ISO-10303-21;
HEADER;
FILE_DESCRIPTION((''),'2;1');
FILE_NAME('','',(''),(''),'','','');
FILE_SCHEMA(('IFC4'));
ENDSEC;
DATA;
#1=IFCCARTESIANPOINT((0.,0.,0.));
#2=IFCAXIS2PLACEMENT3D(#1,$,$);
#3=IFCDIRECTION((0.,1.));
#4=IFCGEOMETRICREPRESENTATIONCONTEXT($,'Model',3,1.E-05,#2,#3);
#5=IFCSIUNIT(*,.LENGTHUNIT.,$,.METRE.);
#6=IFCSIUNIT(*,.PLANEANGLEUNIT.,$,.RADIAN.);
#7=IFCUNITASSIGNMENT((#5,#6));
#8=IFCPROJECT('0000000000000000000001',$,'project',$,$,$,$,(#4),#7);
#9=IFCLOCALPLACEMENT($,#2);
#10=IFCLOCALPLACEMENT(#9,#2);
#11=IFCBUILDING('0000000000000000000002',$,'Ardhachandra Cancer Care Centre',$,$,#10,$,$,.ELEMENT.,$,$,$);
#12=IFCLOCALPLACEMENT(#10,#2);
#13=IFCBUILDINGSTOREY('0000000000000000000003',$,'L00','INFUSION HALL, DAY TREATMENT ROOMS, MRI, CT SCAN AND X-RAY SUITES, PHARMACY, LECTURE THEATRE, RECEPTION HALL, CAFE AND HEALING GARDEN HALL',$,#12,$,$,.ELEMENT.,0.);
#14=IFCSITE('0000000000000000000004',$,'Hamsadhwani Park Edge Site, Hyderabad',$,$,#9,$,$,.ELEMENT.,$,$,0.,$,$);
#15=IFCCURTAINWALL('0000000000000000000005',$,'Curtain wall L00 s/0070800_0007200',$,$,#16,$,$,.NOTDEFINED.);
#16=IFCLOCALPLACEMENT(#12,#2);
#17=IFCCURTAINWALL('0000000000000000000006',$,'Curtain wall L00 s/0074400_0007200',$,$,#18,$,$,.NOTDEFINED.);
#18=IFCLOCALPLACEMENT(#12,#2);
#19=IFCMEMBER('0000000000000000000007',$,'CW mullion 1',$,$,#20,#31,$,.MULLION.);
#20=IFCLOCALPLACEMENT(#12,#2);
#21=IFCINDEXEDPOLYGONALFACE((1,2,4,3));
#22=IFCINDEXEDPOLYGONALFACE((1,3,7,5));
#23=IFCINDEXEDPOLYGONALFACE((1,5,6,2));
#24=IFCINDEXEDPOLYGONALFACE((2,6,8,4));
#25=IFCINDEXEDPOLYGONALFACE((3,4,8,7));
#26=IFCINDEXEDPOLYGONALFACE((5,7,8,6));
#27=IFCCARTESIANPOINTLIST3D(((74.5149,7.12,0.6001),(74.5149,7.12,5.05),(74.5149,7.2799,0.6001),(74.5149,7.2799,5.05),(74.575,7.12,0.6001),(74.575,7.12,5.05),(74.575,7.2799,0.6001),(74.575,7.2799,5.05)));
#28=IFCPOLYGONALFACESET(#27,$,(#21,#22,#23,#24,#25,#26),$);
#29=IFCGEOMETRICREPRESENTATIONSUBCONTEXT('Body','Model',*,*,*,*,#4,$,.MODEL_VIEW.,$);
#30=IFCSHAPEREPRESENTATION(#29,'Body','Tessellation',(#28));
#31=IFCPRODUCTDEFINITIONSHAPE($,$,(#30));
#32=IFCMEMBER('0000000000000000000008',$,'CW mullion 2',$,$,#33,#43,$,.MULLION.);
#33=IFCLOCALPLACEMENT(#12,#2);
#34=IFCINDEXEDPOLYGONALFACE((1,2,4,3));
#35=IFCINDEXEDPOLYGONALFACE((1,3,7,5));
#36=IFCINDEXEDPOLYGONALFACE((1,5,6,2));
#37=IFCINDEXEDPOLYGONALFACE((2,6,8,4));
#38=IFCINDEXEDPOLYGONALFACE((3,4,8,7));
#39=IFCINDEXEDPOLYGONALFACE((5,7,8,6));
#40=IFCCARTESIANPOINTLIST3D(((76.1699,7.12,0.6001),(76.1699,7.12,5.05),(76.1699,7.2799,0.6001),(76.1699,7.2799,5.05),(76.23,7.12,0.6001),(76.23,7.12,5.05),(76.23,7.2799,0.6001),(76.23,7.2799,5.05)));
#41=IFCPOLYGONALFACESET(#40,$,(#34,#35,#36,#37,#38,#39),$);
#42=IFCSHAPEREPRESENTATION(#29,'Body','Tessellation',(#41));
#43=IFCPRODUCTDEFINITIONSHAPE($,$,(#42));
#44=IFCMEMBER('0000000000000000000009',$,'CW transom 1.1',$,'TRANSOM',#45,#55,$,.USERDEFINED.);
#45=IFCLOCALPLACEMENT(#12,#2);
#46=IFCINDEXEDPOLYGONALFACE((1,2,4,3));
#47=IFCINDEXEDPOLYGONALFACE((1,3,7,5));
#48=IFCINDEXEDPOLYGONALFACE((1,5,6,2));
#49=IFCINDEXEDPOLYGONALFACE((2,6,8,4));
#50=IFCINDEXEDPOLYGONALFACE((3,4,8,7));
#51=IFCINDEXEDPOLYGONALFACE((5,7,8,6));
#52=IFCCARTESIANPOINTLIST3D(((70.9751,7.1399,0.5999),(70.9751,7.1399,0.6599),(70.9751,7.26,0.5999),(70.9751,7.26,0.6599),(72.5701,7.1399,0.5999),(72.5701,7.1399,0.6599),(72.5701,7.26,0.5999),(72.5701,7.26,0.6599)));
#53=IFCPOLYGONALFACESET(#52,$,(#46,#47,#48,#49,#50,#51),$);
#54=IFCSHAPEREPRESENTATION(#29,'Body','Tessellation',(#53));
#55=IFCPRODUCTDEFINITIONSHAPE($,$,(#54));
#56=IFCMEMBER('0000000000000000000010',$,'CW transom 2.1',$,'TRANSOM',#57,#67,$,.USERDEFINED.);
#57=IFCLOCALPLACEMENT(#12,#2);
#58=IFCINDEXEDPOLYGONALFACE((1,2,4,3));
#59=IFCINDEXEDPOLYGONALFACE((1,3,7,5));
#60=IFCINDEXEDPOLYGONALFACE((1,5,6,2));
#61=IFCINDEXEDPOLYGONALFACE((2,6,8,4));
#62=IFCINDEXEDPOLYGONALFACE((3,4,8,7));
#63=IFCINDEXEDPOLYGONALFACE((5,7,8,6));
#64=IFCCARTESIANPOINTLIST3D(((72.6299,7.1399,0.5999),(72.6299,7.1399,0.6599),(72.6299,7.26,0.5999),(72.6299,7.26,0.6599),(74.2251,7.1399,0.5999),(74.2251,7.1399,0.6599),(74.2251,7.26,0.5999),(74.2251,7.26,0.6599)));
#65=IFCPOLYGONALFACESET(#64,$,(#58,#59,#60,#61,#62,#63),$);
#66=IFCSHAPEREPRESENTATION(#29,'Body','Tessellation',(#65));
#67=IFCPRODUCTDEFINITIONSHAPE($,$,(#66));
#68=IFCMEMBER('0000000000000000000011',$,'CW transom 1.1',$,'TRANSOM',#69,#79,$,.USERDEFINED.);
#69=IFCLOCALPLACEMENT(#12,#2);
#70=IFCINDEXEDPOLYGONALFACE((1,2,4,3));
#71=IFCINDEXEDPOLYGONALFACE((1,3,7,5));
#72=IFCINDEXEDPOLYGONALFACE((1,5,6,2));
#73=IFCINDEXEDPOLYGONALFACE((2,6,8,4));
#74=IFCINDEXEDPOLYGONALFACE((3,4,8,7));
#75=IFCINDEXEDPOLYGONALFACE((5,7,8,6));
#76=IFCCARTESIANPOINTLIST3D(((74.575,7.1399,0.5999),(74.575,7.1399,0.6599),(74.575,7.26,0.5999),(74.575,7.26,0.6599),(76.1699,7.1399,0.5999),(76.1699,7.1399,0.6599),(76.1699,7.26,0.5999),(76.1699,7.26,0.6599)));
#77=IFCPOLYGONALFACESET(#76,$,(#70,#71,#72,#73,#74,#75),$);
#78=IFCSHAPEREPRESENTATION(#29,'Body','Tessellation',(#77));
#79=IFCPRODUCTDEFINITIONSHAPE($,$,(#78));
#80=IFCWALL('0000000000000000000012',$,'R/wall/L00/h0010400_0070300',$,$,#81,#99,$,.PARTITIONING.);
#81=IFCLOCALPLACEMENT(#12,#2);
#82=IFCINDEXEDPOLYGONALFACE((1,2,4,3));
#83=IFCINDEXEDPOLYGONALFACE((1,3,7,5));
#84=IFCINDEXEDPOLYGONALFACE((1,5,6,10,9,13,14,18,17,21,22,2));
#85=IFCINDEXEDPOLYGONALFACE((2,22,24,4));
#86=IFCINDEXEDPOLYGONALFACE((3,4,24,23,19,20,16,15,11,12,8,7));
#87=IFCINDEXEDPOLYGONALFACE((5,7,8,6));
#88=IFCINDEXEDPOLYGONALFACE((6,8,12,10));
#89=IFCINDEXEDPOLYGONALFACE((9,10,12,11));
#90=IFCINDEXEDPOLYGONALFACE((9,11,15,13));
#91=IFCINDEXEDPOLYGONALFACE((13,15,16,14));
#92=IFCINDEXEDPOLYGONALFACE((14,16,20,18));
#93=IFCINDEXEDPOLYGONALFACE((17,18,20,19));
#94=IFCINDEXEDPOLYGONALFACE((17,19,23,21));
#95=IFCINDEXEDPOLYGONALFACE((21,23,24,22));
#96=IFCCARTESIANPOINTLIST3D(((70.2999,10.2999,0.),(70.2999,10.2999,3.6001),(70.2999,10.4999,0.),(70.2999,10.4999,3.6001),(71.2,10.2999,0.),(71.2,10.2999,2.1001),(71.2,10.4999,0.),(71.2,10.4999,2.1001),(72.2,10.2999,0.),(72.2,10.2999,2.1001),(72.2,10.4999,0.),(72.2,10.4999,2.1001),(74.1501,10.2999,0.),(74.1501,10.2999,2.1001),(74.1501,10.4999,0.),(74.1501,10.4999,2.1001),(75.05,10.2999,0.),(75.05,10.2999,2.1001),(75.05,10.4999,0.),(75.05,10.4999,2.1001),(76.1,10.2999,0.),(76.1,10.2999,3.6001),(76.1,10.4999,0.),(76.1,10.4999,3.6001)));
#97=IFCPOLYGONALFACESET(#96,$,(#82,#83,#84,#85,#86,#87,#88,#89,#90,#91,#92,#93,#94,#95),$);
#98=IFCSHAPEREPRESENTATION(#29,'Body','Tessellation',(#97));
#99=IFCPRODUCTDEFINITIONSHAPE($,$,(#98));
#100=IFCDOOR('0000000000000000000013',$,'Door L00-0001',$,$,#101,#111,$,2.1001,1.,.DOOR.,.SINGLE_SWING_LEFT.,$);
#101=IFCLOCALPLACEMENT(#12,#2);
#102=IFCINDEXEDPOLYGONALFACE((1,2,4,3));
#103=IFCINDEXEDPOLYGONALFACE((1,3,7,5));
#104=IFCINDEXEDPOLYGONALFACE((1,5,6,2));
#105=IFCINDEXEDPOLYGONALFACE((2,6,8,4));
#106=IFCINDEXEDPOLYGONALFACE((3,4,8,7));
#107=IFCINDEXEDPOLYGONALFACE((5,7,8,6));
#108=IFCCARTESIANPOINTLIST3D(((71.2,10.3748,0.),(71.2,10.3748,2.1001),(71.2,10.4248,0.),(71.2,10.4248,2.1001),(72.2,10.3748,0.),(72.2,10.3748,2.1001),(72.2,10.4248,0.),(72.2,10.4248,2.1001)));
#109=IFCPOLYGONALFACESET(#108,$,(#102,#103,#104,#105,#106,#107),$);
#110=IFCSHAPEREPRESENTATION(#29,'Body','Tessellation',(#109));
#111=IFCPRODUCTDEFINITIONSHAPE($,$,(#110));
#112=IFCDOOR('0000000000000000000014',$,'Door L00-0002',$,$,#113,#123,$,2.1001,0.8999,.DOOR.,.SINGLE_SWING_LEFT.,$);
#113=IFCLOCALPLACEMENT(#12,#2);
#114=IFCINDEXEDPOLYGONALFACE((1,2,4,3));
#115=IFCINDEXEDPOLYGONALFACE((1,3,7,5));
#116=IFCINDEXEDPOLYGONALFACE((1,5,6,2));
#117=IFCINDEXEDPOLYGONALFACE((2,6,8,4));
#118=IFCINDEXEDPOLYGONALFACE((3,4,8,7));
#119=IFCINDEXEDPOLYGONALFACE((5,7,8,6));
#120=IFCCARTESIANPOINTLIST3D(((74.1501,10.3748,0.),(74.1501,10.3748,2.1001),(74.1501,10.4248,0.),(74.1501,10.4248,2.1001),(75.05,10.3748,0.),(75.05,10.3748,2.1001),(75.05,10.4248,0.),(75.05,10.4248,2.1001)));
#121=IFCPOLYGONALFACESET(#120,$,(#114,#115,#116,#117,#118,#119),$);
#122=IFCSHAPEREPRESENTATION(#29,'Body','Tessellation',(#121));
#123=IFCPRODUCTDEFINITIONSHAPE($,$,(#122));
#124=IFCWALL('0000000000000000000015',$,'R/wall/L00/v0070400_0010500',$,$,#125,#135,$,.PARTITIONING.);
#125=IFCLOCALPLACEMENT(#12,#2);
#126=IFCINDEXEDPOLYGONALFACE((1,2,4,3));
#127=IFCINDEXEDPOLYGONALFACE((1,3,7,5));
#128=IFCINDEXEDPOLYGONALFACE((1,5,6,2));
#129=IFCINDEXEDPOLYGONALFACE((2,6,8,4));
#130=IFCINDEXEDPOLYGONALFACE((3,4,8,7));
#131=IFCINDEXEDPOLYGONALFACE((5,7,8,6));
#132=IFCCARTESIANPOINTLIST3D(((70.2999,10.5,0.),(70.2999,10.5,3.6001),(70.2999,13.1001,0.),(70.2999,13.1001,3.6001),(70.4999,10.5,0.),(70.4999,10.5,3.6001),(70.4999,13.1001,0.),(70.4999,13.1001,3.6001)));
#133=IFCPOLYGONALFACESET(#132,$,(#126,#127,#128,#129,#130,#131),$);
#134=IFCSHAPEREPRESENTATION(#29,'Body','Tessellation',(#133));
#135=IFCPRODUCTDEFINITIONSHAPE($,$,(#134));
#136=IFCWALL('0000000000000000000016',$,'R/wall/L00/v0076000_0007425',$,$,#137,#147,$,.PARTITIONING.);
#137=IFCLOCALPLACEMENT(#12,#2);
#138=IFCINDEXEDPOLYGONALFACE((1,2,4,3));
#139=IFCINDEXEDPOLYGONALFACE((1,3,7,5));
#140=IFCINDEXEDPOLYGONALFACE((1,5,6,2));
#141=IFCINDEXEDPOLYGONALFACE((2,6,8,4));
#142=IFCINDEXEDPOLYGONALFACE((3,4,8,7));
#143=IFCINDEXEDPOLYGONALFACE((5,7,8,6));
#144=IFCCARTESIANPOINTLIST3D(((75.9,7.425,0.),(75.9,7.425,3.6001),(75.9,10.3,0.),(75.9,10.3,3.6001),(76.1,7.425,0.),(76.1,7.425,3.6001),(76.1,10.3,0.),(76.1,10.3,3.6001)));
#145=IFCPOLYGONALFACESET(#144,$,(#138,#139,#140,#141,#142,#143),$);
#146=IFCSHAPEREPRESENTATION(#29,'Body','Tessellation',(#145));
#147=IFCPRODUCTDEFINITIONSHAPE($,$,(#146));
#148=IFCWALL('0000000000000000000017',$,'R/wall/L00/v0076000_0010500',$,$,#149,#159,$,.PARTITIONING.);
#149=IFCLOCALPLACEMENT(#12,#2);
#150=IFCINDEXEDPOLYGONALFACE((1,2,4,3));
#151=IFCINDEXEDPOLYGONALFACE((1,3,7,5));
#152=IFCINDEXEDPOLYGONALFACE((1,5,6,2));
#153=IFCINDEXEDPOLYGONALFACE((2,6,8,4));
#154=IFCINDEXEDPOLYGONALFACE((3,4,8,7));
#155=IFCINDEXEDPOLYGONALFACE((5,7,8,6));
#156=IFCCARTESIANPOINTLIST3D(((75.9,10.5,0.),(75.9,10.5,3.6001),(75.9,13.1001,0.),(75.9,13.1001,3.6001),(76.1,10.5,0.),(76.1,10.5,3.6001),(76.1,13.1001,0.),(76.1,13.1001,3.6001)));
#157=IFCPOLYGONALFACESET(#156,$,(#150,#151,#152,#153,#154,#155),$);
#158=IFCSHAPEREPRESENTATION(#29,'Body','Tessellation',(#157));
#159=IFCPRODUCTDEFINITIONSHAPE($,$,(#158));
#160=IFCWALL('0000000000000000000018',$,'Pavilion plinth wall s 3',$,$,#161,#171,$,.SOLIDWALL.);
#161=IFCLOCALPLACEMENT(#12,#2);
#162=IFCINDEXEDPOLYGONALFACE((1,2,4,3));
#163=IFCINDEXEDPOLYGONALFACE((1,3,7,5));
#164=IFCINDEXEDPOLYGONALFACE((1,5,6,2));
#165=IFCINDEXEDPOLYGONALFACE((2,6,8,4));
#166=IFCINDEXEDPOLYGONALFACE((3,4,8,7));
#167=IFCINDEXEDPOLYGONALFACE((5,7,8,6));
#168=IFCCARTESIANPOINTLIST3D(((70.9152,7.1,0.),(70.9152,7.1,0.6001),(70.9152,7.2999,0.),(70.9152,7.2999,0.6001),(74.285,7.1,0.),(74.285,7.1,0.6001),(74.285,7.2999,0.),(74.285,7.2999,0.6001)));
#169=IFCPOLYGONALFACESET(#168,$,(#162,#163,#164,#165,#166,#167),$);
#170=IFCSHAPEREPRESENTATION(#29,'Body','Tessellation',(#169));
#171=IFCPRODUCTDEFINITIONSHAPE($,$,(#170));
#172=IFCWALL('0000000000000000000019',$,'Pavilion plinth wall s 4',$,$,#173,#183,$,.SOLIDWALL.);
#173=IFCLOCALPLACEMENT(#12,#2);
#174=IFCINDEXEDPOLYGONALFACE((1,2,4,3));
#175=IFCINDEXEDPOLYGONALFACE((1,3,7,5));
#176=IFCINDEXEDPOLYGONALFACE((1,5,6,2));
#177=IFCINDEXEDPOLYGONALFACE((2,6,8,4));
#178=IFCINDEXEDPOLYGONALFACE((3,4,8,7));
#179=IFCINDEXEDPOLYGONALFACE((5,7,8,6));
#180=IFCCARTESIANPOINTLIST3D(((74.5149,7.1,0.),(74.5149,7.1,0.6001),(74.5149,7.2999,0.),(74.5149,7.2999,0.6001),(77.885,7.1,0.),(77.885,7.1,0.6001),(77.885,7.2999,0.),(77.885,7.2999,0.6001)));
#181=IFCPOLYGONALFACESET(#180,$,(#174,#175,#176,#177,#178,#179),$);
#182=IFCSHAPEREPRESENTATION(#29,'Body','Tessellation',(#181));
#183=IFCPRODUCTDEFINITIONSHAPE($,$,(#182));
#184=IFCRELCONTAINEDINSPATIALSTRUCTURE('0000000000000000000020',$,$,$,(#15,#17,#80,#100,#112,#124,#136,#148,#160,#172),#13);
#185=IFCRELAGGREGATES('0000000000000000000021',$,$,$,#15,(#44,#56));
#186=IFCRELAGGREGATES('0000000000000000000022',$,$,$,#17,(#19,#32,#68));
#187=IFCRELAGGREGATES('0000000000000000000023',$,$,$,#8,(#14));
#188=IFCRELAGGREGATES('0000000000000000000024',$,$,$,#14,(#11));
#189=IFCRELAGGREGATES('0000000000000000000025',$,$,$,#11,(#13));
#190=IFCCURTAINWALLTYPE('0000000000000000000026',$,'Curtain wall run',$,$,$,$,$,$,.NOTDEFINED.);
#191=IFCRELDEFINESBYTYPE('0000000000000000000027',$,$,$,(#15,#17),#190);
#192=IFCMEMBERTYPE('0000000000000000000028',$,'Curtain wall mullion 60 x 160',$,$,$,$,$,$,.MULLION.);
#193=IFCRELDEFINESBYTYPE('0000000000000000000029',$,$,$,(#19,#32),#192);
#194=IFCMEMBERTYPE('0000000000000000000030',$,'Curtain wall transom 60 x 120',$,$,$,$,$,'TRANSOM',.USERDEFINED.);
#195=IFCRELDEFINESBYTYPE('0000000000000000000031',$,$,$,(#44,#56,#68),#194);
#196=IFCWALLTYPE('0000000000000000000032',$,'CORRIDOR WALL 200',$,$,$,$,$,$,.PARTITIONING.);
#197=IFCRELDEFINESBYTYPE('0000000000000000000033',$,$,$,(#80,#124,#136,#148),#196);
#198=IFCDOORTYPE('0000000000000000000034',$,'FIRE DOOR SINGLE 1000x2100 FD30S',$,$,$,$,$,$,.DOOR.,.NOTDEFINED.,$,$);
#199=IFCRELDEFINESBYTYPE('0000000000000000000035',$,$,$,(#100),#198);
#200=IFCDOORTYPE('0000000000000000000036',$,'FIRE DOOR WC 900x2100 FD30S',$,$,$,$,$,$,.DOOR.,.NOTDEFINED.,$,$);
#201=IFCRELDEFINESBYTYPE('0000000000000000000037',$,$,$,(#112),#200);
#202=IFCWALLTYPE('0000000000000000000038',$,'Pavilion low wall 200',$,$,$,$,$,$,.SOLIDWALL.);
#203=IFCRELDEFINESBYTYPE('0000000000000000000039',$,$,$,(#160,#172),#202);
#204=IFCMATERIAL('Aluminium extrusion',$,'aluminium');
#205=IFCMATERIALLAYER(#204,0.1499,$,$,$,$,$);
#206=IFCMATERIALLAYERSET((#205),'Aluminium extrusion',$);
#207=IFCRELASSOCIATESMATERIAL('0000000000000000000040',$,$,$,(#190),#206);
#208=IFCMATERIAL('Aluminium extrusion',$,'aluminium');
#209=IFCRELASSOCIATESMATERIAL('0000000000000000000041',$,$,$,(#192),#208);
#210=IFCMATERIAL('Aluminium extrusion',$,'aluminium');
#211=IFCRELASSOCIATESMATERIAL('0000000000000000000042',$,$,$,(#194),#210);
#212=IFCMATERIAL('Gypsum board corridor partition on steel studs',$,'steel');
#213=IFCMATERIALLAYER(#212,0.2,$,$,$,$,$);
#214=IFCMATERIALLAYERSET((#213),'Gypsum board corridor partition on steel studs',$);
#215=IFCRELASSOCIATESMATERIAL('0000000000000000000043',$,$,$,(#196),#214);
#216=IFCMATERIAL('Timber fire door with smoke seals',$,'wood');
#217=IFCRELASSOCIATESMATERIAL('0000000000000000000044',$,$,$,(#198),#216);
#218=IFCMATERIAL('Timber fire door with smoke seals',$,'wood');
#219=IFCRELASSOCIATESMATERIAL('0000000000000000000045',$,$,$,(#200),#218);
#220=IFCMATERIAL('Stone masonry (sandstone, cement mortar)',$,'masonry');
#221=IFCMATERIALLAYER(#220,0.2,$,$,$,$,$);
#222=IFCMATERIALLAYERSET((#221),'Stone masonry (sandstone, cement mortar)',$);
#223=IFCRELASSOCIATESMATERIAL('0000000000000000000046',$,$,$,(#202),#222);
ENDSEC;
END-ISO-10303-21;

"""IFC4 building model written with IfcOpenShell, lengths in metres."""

from ifc_helpers import new_model, si_unit, direction, frame, frame_2d, origin, origin_2d, place, context, subcontext, project, spatial, rectangle, extrude, material, layer, layer_set, material_profile, profile_set, type_object, element, fill, aggregate, save


model = new_model("IFC4")

# Units and contexts
model_context = context("Model", 3, precision=1e-05, world=origin(), true_north=direction((0.0, 1.0)))
body_context = subcontext(model_context, "Body", "Model", "MODEL_VIEW")
ifc_project = project(units=[si_unit("LENGTHUNIT", "METRE"), si_unit("PLANEANGLEUNIT", "RADIAN")], contexts=[model_context])

# Site, building, storey
site_placement = place(None, origin())
site = spatial("IfcSite", under=ifc_project, at=site_placement, Name="Hamsadhwani Park Edge Site, Hyderabad", CompositionType="ELEMENT", RefElevation=0.0)
building_placement = place(site_placement, origin())
building = spatial("IfcBuilding", under=site, at=building_placement, Name="Ardhachandra Cancer Care Centre", CompositionType="ELEMENT")
storey_placement = place(building_placement, origin())
storey = spatial("IfcBuildingStorey", under=building, at=storey_placement, Name="L00", Description="INFUSION HALL, DAY TREATMENT ROOMS, MRI, CT SCAN AND X-RAY SUITES, PHARMACY, LECTURE THEATRE, RECEPTION HALL, CAFE AND HEALING GARDEN HALL", CompositionType="ELEMENT", Elevation=0.0)

# Shared definitions
ifc_material_1 = material(Name="Aluminium extrusion", Category="aluminium")
ifc_layer_1 = layer(ifc_material_1, 0.1499)
ifc_layer_set_1 = layer_set([ifc_layer_1], Name="Aluminium extrusion")
curtain_wall_type = type_object("IfcCurtainWallType", Name="Curtain wall run", PredefinedType="NOTDEFINED", material=ifc_layer_set_1)
ifc_material_2 = material(Name="Aluminium extrusion", Category="aluminium")
ifc_material_profile_1 = material_profile(ifc_material_2, rectangle(XDim=0.1599, YDim=0.0601, at=origin_2d()), Name="Curtain wall mullion 60 x 160")
ifc_profile_set_1 = profile_set([ifc_material_profile_1], Name="Aluminium extrusion")
member_type_1 = type_object("IfcMemberType", Name="Curtain wall mullion 60 x 160", PredefinedType="MULLION", material=ifc_profile_set_1)

# Curtain walls, members
curtain_wall_1_placement = place(storey_placement, origin())
curtain_wall_1 = element("IfcCurtainWall", 1, at=curtain_wall_1_placement, inside=storey, type_object=curtain_wall_type, Name="Curtain wall L00 s/0070800_0007200", PredefinedType="NOTDEFINED")
curtain_wall_2_placement = place(storey_placement, origin())
curtain_wall_2 = element("IfcCurtainWall", 2, at=curtain_wall_2_placement, inside=storey, type_object=curtain_wall_type, Name="Curtain wall L00 s/0074400_0007200", PredefinedType="NOTDEFINED")
member_1_placement = place(storey_placement, frame((74.5449, 7.2, 0.6001), z_axis=(0.0, 0.0, 1.0), x_axis=(0.0, 1.0, 0.0)))
member_1 = element("IfcMember", 3, at=member_1_placement, type_object=member_type_1, Name="CW mullion 1", PredefinedType="MULLION", context=body_context, shape_type="SweptSolid", body=[
    extrude(rectangle(XDim=0.1599, YDim=0.0601, at=origin_2d()), origin(), (0.0, 0.0, 1.0), 4.45),
])
member_2_placement = place(storey_placement, frame((76.2, 7.2, 0.6001), z_axis=(0.0, 0.0, 1.0), x_axis=(0.0, 1.0, 0.0)))
member_2 = element("IfcMember", 4, at=member_2_placement, type_object=member_type_1, Name="CW mullion 2", PredefinedType="MULLION", context=body_context, shape_type="SweptSolid", body=[
    extrude(rectangle(XDim=0.1599, YDim=0.0601, at=origin_2d()), origin(), (0.0, 0.0, 1.0), 4.45),
])

# Members
ifc_material_3 = material(Name="Aluminium extrusion", Category="aluminium")
ifc_material_profile_2 = material_profile(ifc_material_3, rectangle(XDim=0.1201, YDim=0.0601, at=origin_2d()), Name="Curtain wall transom 60 x 120")
ifc_profile_set_2 = profile_set([ifc_material_profile_2], Name="Aluminium extrusion")
member_type_2 = type_object("IfcMemberType", Name="Curtain wall transom 60 x 120", ElementType="TRANSOM", PredefinedType="USERDEFINED", material=ifc_profile_set_2)
member_3_placement = place(storey_placement, frame((70.9751, 7.2, 0.6299), z_axis=(1.0, 0.0, 0.0), x_axis=(0.0, 1.0, 0.0)))
member_3 = element("IfcMember", 5, at=member_3_placement, type_object=member_type_2, Name="CW transom 1.1", ObjectType="TRANSOM", PredefinedType="USERDEFINED", context=body_context, shape_type="SweptSolid", body=[
    extrude(rectangle(XDim=0.1201, YDim=0.0601, at=origin_2d()), origin(), (0.0, 0.0, 1.0), 1.595),
])
member_4_placement = place(storey_placement, frame((72.6299, 7.2, 0.6299), z_axis=(1.0, 0.0, 0.0), x_axis=(0.0, 1.0, 0.0)))
member_4 = element("IfcMember", 6, at=member_4_placement, type_object=member_type_2, Name="CW transom 2.1", ObjectType="TRANSOM", PredefinedType="USERDEFINED", context=body_context, shape_type="SweptSolid", body=[
    extrude(rectangle(XDim=0.1201, YDim=0.0601, at=origin_2d()), origin(), (0.0, 0.0, 1.0), 1.5952),
])
aggregate(curtain_wall_1, [member_3, member_4])
member_5_placement = place(storey_placement, frame((74.575, 7.2, 0.6299), z_axis=(1.0, 0.0, 0.0), x_axis=(0.0, 1.0, 0.0)))
member_5 = element("IfcMember", 7, at=member_5_placement, type_object=member_type_2, Name="CW transom 1.1", ObjectType="TRANSOM", PredefinedType="USERDEFINED", context=body_context, shape_type="SweptSolid", body=[
    extrude(rectangle(XDim=0.1201, YDim=0.0601, at=origin_2d()), origin(), (0.0, 0.0, 1.0), 1.595),
])
aggregate(curtain_wall_2, [member_1, member_2, member_5])

# Wall, openings, doors
ifc_material_4 = material(Name="Gypsum board corridor partition on steel studs", Category="steel")
ifc_layer_2 = layer(ifc_material_4, 0.2)
ifc_layer_set_2 = layer_set([ifc_layer_2], Name="Gypsum board corridor partition on steel studs")
wall_type_1 = type_object("IfcWallType", Name="CORRIDOR WALL 200", PredefinedType="PARTITIONING", material=ifc_layer_set_2)
wall_1_placement = place(storey_placement, frame((70.3, 10.3999, 0.0), z_axis=(0.0, 0.0, 1.0), x_axis=(1.0, 0.0, 0.0)))
wall_1 = element("IfcWall", 8, at=wall_1_placement, inside=storey, type_object=wall_type_1, Name="R/wall/L00/h0010400_0070300", PredefinedType="PARTITIONING", context=body_context, shape_type="SweptSolid", body=[
    extrude(rectangle(XDim=5.8, YDim=0.2, at=frame_2d((2.8999, 0.0))), origin(), (0.0, 0.0, 1.0), 3.6001),
])
opening_1_placement = place(wall_1_placement, frame((0.8999, 0.0, 0.0)))
opening_1 = element("IfcOpeningElement", 9, at=opening_1_placement, cuts=wall_1, PredefinedType="OPENING", context=body_context, shape_type="SweptSolid", body=[
    extrude(rectangle(XDim=1.0, YDim=2.1001, at=frame_2d((0.5, 1.05))), frame((0.0, 0.1099, 0.0), z_axis=(0.0, -1.0, 0.0), x_axis=(1.0, 0.0, 0.0)), (0.0, 0.0, 1.0), 0.22),
])
opening_2_placement = place(wall_1_placement, frame((3.8501, 0.0, 0.0)))
opening_2 = element("IfcOpeningElement", 10, at=opening_2_placement, cuts=wall_1, PredefinedType="OPENING", context=body_context, shape_type="SweptSolid", body=[
    extrude(rectangle(XDim=0.8999, YDim=2.1001, at=frame_2d((0.45, 1.05))), frame((0.0, 0.1099, 0.0), z_axis=(0.0, -1.0, 0.0), x_axis=(1.0, 0.0, 0.0)), (0.0, 0.0, 1.0), 0.22),
])
ifc_material_5 = material(Name="Timber fire door with smoke seals", Category="wood")
door_type_1 = type_object("IfcDoorType", Name="FIRE DOOR SINGLE 1000x2100 FD30S", OperationType="NOTDEFINED", PredefinedType="DOOR", material=ifc_material_5)
door_1_placement = place(opening_1_placement, origin())
door_1 = element("IfcDoor", 11, at=door_1_placement, inside=storey, type_object=door_type_1, Name="Door L00-0001", OperationType="SINGLE_SWING_LEFT", OverallHeight=2.1001, OverallWidth=1.0, PredefinedType="DOOR", context=body_context, shape_type="SweptSolid", body=[
    extrude(rectangle(XDim=1.0, YDim=2.1001, at=frame_2d((0.5, 1.05))), frame((0.0, 0.0249, 0.0), z_axis=(0.0, -1.0, 0.0), x_axis=(1.0, 0.0, 0.0)), (0.0, 0.0, 1.0), 0.05),
])
fill(opening_1, door_1)
ifc_material_6 = material(Name="Timber fire door with smoke seals", Category="wood")
door_type_2 = type_object("IfcDoorType", Name="FIRE DOOR WC 900x2100 FD30S", OperationType="NOTDEFINED", PredefinedType="DOOR", material=ifc_material_6)
door_2_placement = place(opening_2_placement, origin())
door_2 = element("IfcDoor", 12, at=door_2_placement, inside=storey, type_object=door_type_2, Name="Door L00-0002", OperationType="SINGLE_SWING_LEFT", OverallHeight=2.1001, OverallWidth=0.8999, PredefinedType="DOOR", context=body_context, shape_type="SweptSolid", body=[
    extrude(rectangle(XDim=0.8999, YDim=2.1001, at=frame_2d((0.45, 1.05))), frame((0.0, 0.0249, 0.0), z_axis=(0.0, -1.0, 0.0), x_axis=(1.0, 0.0, 0.0)), (0.0, 0.0, 1.0), 0.05),
])
fill(opening_2, door_2)

# Walls
wall_2_placement = place(storey_placement, frame((70.3999, 10.5, 0.0), z_axis=(0.0, 0.0, 1.0), x_axis=(0.0, 1.0, 0.0)))
element("IfcWall", 13, at=wall_2_placement, inside=storey, type_object=wall_type_1, Name="R/wall/L00/v0070400_0010500", PredefinedType="PARTITIONING", context=body_context, shape_type="SweptSolid", body=[
    extrude(rectangle(XDim=2.6001, YDim=0.2, at=frame_2d((1.3, 0.0))), origin(), (0.0, 0.0, 1.0), 3.6001),
])
wall_3_placement = place(storey_placement, frame((76.0, 7.425, 0.0), z_axis=(0.0, 0.0, 1.0), x_axis=(0.0, 1.0, 0.0)))
element("IfcWall", 14, at=wall_3_placement, inside=storey, type_object=wall_type_1, Name="R/wall/L00/v0076000_0007425", PredefinedType="PARTITIONING", context=body_context, shape_type="SweptSolid", body=[
    extrude(rectangle(XDim=2.875, YDim=0.2, at=frame_2d((1.4375, 0.0))), origin(), (0.0, 0.0, 1.0), 3.6001),
])
wall_4_placement = place(storey_placement, frame((76.0, 10.5, 0.0), z_axis=(0.0, 0.0, 1.0), x_axis=(0.0, 1.0, 0.0)))
element("IfcWall", 15, at=wall_4_placement, inside=storey, type_object=wall_type_1, Name="R/wall/L00/v0076000_0010500", PredefinedType="PARTITIONING", context=body_context, shape_type="SweptSolid", body=[
    extrude(rectangle(XDim=2.6001, YDim=0.2, at=frame_2d((1.3, 0.0))), origin(), (0.0, 0.0, 1.0), 3.6001),
])
ifc_material_7 = material(Name="Stone masonry (sandstone, cement mortar)", Category="masonry")
ifc_layer_3 = layer(ifc_material_7, 0.2)
ifc_layer_set_3 = layer_set([ifc_layer_3], Name="Stone masonry (sandstone, cement mortar)")
wall_type_2 = type_object("IfcWallType", Name="Pavilion low wall 200", PredefinedType="SOLIDWALL", material=ifc_layer_set_3)
wall_5_placement = place(storey_placement, frame((70.915, 7.2, 0.0), z_axis=(0.0, 0.0, 1.0), x_axis=(1.0, 0.0, 0.0)))
element("IfcWall", 16, at=wall_5_placement, inside=storey, type_object=wall_type_2, Name="Pavilion plinth wall s 3", PredefinedType="SOLIDWALL", context=body_context, shape_type="SweptSolid", body=[
    extrude(rectangle(XDim=3.3699, YDim=0.2, at=frame_2d((1.6851, 0.0))), origin(), (0.0, 0.0, 1.0), 0.6001),
])
wall_6_placement = place(storey_placement, frame((74.5149, 7.2, 0.0), z_axis=(0.0, 0.0, 1.0), x_axis=(1.0, 0.0, 0.0)))
element("IfcWall", 17, at=wall_6_placement, inside=storey, type_object=wall_type_2, Name="Pavilion plinth wall s 4", PredefinedType="SOLIDWALL", context=body_context, shape_type="SweptSolid", body=[
    extrude(rectangle(XDim=3.3701, YDim=0.2, at=frame_2d((1.6851, 0.0))), origin(), (0.0, 0.0, 1.0), 0.6001),
])

save(model, "model.ifc")
